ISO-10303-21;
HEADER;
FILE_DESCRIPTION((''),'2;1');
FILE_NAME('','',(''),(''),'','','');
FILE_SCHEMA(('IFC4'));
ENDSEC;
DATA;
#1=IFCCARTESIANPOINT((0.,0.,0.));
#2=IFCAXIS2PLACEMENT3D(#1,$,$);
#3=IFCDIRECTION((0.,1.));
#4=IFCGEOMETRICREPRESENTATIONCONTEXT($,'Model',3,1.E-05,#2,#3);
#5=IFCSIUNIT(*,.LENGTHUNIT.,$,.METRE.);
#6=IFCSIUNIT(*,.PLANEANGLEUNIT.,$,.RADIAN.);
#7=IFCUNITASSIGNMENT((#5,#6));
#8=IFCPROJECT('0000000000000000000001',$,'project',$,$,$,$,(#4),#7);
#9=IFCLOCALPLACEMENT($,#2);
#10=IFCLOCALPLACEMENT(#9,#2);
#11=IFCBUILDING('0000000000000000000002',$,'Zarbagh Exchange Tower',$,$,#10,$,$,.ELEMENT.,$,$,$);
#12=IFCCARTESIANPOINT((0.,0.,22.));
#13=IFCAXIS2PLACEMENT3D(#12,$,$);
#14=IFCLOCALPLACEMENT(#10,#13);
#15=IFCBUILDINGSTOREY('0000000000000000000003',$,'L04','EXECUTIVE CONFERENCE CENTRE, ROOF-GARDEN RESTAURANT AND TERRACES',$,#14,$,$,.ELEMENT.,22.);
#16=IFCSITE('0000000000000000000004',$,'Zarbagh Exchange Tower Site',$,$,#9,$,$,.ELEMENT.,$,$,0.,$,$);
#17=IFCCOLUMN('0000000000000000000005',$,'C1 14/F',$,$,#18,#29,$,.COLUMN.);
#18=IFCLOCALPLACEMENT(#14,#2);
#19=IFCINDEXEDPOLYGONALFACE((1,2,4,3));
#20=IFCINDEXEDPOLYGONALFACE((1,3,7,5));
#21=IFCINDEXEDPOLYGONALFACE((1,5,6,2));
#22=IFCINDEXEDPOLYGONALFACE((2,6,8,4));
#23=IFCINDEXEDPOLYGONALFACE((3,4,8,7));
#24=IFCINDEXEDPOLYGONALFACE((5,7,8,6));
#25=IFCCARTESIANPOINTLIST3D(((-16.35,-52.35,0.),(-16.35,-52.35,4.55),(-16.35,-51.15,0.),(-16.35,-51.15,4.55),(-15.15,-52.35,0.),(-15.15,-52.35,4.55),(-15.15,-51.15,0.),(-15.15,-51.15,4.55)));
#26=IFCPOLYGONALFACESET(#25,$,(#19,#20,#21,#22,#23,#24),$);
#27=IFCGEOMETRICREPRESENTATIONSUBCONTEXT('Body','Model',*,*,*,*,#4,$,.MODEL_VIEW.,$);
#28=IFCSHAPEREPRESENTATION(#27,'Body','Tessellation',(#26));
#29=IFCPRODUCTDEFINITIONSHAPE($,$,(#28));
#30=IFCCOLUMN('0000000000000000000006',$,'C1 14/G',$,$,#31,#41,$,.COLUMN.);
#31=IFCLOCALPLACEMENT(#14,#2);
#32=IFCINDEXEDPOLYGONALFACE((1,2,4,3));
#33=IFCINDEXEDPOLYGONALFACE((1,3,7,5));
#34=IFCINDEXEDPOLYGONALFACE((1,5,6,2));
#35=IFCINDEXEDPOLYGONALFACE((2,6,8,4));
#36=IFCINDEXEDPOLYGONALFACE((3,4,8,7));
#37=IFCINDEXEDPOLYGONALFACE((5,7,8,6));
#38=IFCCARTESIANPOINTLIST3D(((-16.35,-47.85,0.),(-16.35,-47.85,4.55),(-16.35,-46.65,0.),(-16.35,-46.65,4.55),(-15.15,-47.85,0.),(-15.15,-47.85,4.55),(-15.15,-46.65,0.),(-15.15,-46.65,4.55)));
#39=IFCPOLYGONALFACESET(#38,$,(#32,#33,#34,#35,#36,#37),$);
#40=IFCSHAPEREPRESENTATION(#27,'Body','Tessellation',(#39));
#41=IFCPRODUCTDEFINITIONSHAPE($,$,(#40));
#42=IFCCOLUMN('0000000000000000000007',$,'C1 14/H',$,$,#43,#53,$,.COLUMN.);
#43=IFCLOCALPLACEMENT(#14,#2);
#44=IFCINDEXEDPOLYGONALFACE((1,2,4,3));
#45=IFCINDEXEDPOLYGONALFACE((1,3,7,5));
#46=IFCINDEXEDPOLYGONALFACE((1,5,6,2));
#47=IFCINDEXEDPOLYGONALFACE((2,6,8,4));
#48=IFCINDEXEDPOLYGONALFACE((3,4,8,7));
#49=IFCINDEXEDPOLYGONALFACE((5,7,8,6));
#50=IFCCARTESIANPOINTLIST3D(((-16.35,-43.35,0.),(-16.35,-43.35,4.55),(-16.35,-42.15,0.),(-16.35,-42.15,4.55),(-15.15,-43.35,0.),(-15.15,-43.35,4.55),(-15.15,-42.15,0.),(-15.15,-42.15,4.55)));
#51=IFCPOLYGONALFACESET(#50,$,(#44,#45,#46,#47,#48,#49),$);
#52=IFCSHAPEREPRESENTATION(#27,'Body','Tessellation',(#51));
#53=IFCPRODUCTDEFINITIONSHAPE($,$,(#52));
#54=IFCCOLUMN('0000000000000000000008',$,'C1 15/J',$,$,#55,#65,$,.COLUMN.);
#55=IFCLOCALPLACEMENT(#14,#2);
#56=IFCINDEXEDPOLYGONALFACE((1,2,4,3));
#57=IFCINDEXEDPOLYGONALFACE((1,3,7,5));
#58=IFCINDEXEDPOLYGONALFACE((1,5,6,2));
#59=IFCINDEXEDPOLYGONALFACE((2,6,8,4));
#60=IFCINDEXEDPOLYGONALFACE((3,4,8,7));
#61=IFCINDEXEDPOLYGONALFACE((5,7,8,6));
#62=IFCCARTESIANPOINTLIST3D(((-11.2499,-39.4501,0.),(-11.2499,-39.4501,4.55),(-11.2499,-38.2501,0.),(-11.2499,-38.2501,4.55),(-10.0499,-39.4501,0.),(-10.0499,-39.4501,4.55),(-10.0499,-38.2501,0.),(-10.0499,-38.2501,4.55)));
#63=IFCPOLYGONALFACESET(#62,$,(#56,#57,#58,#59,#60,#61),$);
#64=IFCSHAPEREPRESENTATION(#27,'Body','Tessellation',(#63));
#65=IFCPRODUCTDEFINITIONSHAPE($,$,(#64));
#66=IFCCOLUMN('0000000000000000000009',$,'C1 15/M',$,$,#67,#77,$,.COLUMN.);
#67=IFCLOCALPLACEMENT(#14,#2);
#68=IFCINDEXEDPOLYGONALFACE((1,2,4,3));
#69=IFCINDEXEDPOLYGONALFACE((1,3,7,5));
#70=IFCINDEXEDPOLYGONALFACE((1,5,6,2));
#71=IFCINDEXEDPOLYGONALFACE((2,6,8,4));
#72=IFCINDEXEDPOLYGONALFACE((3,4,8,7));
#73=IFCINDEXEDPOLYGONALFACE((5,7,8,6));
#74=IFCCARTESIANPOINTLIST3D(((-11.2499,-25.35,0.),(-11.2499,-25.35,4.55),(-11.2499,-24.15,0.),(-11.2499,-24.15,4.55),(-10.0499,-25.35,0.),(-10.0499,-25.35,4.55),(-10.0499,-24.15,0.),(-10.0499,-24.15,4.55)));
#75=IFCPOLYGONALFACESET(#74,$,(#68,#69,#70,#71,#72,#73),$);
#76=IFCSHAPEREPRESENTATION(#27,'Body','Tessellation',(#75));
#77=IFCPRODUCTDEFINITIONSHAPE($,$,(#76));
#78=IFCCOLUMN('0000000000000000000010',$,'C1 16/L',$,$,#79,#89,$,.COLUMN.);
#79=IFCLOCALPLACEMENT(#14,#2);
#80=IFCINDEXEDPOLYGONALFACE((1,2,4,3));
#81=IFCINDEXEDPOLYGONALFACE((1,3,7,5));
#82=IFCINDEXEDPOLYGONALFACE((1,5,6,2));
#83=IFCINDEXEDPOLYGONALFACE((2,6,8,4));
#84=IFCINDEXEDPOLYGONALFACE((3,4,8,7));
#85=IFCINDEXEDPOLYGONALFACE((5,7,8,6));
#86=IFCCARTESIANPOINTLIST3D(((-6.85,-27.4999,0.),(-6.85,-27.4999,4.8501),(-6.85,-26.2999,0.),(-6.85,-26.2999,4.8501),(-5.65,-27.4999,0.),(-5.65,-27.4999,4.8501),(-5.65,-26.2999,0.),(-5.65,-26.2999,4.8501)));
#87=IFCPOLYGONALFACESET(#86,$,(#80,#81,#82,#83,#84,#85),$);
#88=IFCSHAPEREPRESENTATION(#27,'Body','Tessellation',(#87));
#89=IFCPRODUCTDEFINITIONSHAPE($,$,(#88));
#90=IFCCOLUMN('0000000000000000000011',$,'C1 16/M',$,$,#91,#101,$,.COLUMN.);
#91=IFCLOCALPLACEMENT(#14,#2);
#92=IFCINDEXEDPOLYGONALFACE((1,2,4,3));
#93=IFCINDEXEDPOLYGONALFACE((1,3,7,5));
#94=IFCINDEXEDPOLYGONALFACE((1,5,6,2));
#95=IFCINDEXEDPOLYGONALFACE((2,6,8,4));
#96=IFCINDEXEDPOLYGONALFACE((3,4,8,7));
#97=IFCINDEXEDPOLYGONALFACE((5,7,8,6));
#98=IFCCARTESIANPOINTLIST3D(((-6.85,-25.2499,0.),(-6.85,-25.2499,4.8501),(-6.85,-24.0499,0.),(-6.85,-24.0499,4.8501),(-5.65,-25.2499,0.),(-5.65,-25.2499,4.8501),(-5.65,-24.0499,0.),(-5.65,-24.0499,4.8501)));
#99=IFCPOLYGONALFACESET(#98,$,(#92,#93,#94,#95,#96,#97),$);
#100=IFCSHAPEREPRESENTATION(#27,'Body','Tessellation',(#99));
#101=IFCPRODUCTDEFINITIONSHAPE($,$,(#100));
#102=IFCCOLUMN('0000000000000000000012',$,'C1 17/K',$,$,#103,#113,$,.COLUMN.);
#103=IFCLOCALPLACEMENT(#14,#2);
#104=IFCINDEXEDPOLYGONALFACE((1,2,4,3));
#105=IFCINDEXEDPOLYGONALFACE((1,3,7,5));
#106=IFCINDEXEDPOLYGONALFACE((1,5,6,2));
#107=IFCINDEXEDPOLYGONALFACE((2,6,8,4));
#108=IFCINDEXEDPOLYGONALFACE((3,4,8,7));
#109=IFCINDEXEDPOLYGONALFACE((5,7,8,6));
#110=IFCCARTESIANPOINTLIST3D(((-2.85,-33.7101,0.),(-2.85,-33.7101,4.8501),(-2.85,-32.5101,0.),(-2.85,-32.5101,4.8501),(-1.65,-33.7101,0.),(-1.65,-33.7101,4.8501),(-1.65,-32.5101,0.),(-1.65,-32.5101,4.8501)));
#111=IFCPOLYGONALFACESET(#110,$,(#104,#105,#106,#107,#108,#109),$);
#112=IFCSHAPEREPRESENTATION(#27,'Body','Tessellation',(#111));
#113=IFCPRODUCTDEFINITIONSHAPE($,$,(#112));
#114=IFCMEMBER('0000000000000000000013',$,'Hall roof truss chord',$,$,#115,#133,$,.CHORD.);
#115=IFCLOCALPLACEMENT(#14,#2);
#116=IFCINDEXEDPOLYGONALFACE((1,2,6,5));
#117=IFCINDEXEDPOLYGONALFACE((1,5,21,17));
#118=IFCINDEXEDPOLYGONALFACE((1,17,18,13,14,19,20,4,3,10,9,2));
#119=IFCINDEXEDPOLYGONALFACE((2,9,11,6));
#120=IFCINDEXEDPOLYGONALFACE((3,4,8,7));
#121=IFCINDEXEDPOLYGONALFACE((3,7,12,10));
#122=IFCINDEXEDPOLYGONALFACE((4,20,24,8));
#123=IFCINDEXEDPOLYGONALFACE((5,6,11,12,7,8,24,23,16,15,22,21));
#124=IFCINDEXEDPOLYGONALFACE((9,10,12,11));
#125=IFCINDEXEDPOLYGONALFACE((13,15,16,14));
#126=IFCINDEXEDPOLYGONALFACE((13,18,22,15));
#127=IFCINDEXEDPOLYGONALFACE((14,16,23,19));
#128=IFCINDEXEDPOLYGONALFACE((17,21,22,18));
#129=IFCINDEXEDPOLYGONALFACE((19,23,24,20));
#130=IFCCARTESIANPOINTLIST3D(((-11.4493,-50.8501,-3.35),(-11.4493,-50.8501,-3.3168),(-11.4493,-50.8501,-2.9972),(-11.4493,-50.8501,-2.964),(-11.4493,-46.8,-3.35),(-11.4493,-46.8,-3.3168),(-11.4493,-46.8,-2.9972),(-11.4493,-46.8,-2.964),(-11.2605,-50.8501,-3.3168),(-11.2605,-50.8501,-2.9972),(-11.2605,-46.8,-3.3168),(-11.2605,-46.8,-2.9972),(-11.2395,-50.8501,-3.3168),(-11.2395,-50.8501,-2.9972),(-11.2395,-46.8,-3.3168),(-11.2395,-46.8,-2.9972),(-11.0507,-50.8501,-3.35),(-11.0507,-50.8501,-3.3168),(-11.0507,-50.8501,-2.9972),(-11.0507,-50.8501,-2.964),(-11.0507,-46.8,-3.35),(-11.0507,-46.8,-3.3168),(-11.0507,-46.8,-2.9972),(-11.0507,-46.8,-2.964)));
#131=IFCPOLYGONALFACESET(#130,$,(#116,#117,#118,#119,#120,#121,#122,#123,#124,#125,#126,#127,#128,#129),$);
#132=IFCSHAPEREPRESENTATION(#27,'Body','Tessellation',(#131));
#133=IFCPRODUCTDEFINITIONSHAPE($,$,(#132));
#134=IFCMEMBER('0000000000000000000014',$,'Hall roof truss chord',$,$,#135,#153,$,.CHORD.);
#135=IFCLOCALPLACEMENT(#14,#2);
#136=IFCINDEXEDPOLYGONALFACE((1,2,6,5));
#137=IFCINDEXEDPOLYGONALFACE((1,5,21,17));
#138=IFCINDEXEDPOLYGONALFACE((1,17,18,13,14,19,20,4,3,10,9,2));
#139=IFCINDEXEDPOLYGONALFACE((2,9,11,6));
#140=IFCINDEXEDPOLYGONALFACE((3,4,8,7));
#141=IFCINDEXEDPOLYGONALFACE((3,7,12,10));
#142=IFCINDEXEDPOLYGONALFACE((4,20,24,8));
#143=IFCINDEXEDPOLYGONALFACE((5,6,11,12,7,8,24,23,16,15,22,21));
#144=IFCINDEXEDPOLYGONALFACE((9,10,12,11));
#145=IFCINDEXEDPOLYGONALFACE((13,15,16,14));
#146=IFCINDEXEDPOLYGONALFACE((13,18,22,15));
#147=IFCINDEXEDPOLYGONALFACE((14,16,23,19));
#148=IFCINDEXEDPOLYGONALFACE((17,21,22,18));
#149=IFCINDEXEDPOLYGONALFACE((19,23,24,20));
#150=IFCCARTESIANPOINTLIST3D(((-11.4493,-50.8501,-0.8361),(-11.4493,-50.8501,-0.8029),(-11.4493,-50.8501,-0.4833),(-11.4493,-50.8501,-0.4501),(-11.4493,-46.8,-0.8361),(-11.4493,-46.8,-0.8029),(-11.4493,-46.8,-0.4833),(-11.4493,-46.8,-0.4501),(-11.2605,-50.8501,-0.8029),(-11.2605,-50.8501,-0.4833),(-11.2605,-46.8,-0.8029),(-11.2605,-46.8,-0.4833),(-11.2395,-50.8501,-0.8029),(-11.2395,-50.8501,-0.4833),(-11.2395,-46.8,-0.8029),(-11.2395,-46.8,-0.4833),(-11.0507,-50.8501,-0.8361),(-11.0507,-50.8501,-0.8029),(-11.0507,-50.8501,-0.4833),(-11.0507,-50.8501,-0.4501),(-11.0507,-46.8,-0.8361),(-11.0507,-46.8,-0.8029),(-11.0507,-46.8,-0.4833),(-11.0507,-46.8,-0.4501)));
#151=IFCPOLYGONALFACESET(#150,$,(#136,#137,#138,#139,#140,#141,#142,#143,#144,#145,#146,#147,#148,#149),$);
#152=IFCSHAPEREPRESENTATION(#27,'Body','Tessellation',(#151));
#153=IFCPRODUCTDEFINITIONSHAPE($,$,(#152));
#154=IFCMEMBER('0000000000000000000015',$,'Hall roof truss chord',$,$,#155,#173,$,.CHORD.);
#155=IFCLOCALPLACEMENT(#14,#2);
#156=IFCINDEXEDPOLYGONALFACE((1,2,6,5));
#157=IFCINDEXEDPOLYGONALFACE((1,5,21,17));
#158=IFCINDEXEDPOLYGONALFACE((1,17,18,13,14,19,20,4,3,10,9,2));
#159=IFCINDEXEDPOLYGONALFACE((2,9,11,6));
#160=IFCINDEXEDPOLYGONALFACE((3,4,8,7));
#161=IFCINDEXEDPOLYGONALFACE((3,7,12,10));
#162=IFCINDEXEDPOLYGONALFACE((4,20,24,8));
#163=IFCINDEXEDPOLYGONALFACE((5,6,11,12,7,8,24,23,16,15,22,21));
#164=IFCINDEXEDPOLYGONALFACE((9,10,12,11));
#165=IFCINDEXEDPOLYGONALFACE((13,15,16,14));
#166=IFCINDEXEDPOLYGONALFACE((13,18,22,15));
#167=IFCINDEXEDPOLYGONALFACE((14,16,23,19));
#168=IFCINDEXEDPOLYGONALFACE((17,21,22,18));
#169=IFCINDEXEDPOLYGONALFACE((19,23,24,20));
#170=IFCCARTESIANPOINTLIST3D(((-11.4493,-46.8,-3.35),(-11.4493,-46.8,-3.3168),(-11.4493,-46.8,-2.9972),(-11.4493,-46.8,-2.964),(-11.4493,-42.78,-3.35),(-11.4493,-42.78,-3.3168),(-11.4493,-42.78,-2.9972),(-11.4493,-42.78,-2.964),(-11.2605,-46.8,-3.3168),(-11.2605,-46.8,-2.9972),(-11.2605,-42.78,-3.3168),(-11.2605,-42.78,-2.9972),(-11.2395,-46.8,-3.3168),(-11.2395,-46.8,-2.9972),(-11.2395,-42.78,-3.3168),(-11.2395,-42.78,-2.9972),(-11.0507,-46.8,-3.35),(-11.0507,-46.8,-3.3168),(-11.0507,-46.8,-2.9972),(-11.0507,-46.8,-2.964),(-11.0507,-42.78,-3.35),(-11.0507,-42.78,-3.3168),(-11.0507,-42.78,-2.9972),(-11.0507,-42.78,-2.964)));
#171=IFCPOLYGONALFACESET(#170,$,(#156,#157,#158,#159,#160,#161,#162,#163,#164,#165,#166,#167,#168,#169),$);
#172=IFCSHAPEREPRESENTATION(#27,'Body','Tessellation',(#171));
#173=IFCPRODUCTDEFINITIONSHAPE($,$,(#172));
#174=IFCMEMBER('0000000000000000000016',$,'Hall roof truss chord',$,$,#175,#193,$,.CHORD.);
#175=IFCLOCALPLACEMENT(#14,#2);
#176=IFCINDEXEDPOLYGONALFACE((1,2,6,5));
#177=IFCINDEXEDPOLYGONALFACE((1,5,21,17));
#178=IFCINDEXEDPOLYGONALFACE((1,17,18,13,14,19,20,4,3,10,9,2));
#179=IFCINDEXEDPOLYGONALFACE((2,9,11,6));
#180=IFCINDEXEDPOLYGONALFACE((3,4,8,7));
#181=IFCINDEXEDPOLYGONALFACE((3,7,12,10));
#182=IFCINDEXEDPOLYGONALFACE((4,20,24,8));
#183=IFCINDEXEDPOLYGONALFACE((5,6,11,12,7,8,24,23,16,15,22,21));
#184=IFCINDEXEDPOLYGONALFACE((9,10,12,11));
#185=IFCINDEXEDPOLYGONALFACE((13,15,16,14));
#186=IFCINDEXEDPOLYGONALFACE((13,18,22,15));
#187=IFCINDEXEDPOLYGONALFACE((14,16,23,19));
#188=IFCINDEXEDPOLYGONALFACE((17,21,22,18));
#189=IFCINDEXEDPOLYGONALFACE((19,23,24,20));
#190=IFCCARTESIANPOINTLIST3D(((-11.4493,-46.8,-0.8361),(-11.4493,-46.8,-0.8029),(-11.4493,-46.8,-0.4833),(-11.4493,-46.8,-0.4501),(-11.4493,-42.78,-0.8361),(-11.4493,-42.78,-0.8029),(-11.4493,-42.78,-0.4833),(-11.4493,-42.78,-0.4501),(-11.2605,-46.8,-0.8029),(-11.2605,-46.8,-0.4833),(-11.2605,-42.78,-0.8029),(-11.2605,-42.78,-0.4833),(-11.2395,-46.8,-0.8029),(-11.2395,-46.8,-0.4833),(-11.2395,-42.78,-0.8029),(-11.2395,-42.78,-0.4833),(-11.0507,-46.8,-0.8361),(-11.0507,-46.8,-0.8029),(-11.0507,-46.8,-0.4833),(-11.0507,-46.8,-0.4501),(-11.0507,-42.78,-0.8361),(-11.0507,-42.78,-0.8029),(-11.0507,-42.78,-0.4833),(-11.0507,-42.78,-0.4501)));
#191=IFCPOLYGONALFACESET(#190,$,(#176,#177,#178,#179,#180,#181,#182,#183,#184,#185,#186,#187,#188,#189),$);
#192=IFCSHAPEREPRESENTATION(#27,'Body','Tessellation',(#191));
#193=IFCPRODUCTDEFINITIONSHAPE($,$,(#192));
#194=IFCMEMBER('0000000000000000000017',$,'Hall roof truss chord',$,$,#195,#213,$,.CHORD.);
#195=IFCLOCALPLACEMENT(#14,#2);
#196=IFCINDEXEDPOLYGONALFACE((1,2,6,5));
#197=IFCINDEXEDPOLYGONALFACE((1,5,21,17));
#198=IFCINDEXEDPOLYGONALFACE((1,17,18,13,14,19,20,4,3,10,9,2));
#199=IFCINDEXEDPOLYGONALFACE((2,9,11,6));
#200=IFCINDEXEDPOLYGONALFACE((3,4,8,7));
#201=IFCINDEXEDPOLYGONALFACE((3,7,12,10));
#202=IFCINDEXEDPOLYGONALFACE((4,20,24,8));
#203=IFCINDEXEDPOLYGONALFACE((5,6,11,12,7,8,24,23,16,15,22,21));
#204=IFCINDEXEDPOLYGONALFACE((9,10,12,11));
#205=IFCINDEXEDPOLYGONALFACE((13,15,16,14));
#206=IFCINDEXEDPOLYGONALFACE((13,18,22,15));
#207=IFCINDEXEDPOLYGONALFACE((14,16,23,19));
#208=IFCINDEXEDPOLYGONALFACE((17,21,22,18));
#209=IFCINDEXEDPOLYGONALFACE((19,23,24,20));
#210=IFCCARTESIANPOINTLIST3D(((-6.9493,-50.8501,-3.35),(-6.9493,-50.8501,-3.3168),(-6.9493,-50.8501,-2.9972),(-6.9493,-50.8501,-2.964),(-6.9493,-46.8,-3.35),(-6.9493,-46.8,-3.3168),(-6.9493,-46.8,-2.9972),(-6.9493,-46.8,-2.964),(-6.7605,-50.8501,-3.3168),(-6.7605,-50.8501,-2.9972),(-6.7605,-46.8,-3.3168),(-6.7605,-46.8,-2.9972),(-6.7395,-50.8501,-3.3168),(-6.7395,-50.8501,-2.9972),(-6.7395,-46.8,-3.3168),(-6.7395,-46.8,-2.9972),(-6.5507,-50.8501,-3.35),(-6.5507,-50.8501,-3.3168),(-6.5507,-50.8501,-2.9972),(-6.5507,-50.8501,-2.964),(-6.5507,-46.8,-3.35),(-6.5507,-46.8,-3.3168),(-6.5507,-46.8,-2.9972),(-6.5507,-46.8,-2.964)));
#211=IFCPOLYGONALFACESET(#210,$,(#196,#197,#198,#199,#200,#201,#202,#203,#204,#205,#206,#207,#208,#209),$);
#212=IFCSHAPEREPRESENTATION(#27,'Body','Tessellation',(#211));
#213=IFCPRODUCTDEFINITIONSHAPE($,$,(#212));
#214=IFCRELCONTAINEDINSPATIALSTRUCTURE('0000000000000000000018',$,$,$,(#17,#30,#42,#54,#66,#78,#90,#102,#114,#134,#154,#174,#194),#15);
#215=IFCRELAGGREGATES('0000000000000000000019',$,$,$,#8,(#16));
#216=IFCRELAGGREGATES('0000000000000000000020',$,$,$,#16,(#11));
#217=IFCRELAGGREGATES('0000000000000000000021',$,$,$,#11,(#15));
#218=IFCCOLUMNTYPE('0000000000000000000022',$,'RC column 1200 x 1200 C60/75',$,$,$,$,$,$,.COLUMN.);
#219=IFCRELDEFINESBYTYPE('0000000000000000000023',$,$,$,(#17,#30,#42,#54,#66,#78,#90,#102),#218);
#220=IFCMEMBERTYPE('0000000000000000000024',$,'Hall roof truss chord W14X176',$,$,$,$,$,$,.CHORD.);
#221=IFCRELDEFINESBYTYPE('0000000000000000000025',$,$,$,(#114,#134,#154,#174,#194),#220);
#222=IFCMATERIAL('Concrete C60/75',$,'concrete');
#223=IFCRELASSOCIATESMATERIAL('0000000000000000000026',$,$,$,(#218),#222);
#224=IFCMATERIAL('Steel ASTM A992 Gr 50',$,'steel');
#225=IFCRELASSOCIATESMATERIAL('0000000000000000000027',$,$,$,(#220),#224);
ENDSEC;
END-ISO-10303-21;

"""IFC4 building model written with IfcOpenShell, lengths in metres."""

from ifc_helpers import new_model, si_unit, direction, frame, origin, origin_2d, place, context, subcontext, project, spatial, rectangle, i_section, extrude, material, material_profile, profile_set, type_object, element, save


model = new_model("IFC4")

# Units and contexts
model_context = context("Model", 3, precision=1e-05, world=origin(), true_north=direction((0.0, 1.0)))
body_context = subcontext(model_context, "Body", "Model", "MODEL_VIEW")
ifc_project = project(units=[si_unit("LENGTHUNIT", "METRE"), si_unit("PLANEANGLEUNIT", "RADIAN")], contexts=[model_context])

# Site, building, storey
site_placement = place(None, origin())
site = spatial("IfcSite", under=ifc_project, at=site_placement, Name="Zarbagh Exchange Tower Site", CompositionType="ELEMENT", RefElevation=0.0)
building_placement = place(site_placement, origin())
building = spatial("IfcBuilding", under=site, at=building_placement, Name="Zarbagh Exchange Tower", CompositionType="ELEMENT")
storey_placement = place(building_placement, frame((0.0, 0.0, 22.0)))
storey = spatial("IfcBuildingStorey", under=building, at=storey_placement, Name="L04", Description="EXECUTIVE CONFERENCE CENTRE, ROOF-GARDEN RESTAURANT AND TERRACES", CompositionType="ELEMENT", Elevation=22.0)

# Columns
ifc_material_1 = material(Name="Concrete C60/75", Category="concrete")
ifc_material_profile_1 = material_profile(ifc_material_1, rectangle(XDim=1.2, YDim=1.2, at=origin_2d()), Name="RC column 1200 x 1200 C60/75")
ifc_profile_set_1 = profile_set([ifc_material_profile_1], Name="Concrete C60/75")
column_type = type_object("IfcColumnType", Name="RC column 1200 x 1200 C60/75", PredefinedType="COLUMN", material=ifc_profile_set_1)
for number, where, z_axis, x_axis, name in (
    (1, (-15.75, -51.75, 0.0), (0.0, 0.0, 1.0), (1.0, 0.0, 0.0), "C1 14/F"),
    (2, (-15.75, -47.25, 0.0), (0.0, 0.0, 1.0), (1.0, 0.0, 0.0), "C1 14/G"),
    (3, (-15.75, -42.75, 0.0), (0.0, 0.0, 1.0), (1.0, 0.0, 0.0), "C1 14/H"),
    (4, (-10.6499, -38.8501, 0.0), (0.0, 0.0, 1.0), (1.0, 0.0, 0.0), "C1 15/J"),
    (5, (-10.6499, -24.75, 0.0), (0.0, 0.0, 1.0), (1.0, 0.0, 0.0), "C1 15/M"),
):
    element("IfcColumn", number, at=place(storey_placement, frame(where, z_axis=z_axis, x_axis=x_axis)), inside=storey, type_object=column_type, Name=name, PredefinedType="COLUMN", context=body_context, shape_type="SweptSolid", body=[
        extrude(rectangle(XDim=1.2, YDim=1.2, at=origin_2d()), origin(), (0.0, 0.0, 1.0), 4.55),
    ])
for number, where, z_axis, x_axis, name in (
    (6, (-6.25, -26.8999, 0.0), (0.0, 0.0, 1.0), (1.0, 0.0, 0.0), "C1 16/L"),
    (7, (-6.25, -24.6499, 0.0), (0.0, 0.0, 1.0), (1.0, 0.0, 0.0), "C1 16/M"),
    (8, (-2.25, -33.1101, 0.0), (0.0, 0.0, 1.0), (1.0, 0.0, 0.0), "C1 17/K"),
):
    element("IfcColumn", number, at=place(storey_placement, frame(where, z_axis=z_axis, x_axis=x_axis)), inside=storey, type_object=column_type, Name=name, PredefinedType="COLUMN", context=body_context, shape_type="SweptSolid", body=[
        extrude(rectangle(XDim=1.2, YDim=1.2, at=origin_2d()), origin(), (0.0, 0.0, 1.0), 4.8501),
    ])

# Members
ifc_material_2 = material(Name="Steel ASTM A992 Gr 50", Category="steel")
ifc_material_profile_2 = material_profile(ifc_material_2, i_section(OverallWidth=0.3987, OverallDepth=0.386, WebThickness=0.021, FlangeThickness=0.0332, at=origin_2d()), Name="W14X176")
ifc_profile_set_2 = profile_set([ifc_material_profile_2], Name="Steel ASTM A992 Gr 50")
member_type_1 = type_object("IfcMemberType", Name="Hall roof truss chord W14X176", PredefinedType="CHORD", material=ifc_profile_set_2)
for number, where, z_axis, x_axis, name in (
    (9, (-11.25, -50.8501, -3.157), (0.0, 1.0, 0.0), (-1.0, 0.0, 0.0), "Hall roof truss chord"),
    (10, (-11.25, -50.8501, -0.6431), (0.0, 1.0, 0.0), (-1.0, 0.0, 0.0), "Hall roof truss chord"),
):
    element("IfcMember", number, at=place(storey_placement, frame(where, z_axis=z_axis, x_axis=x_axis)), inside=storey, type_object=member_type_1, Name=name, PredefinedType="CHORD", context=body_context, shape_type="SweptSolid", body=[
        extrude(i_section(OverallWidth=0.3987, OverallDepth=0.386, WebThickness=0.021, FlangeThickness=0.0332, at=origin_2d()), origin(), (0.0, 0.0, 1.0), 4.05),
    ])
for number, where, z_axis, x_axis, name in (
    (11, (-11.25, -46.8, -3.157), (0.0, 1.0, 0.0), (-1.0, 0.0, 0.0), "Hall roof truss chord"),
    (12, (-11.25, -46.8, -0.6431), (0.0, 1.0, 0.0), (-1.0, 0.0, 0.0), "Hall roof truss chord"),
):
    element("IfcMember", number, at=place(storey_placement, frame(where, z_axis=z_axis, x_axis=x_axis)), inside=storey, type_object=member_type_1, Name=name, PredefinedType="CHORD", context=body_context, shape_type="SweptSolid", body=[
        extrude(i_section(OverallWidth=0.3987, OverallDepth=0.386, WebThickness=0.021, FlangeThickness=0.0332, at=origin_2d()), origin(), (0.0, 0.0, 1.0), 4.02),
    ])
for number, where, z_axis, x_axis, name in (
    (13, (-6.75, -50.8501, -3.157), (0.0, 1.0, 0.0), (-1.0, 0.0, 0.0), "Hall roof truss chord"),
):
    element("IfcMember", number, at=place(storey_placement, frame(where, z_axis=z_axis, x_axis=x_axis)), inside=storey, type_object=member_type_1, Name=name, PredefinedType="CHORD", context=body_context, shape_type="SweptSolid", body=[
        extrude(i_section(OverallWidth=0.3987, OverallDepth=0.386, WebThickness=0.021, FlangeThickness=0.0332, at=origin_2d()), origin(), (0.0, 0.0, 1.0), 4.05),
    ])

save(model, "model.ifc")
